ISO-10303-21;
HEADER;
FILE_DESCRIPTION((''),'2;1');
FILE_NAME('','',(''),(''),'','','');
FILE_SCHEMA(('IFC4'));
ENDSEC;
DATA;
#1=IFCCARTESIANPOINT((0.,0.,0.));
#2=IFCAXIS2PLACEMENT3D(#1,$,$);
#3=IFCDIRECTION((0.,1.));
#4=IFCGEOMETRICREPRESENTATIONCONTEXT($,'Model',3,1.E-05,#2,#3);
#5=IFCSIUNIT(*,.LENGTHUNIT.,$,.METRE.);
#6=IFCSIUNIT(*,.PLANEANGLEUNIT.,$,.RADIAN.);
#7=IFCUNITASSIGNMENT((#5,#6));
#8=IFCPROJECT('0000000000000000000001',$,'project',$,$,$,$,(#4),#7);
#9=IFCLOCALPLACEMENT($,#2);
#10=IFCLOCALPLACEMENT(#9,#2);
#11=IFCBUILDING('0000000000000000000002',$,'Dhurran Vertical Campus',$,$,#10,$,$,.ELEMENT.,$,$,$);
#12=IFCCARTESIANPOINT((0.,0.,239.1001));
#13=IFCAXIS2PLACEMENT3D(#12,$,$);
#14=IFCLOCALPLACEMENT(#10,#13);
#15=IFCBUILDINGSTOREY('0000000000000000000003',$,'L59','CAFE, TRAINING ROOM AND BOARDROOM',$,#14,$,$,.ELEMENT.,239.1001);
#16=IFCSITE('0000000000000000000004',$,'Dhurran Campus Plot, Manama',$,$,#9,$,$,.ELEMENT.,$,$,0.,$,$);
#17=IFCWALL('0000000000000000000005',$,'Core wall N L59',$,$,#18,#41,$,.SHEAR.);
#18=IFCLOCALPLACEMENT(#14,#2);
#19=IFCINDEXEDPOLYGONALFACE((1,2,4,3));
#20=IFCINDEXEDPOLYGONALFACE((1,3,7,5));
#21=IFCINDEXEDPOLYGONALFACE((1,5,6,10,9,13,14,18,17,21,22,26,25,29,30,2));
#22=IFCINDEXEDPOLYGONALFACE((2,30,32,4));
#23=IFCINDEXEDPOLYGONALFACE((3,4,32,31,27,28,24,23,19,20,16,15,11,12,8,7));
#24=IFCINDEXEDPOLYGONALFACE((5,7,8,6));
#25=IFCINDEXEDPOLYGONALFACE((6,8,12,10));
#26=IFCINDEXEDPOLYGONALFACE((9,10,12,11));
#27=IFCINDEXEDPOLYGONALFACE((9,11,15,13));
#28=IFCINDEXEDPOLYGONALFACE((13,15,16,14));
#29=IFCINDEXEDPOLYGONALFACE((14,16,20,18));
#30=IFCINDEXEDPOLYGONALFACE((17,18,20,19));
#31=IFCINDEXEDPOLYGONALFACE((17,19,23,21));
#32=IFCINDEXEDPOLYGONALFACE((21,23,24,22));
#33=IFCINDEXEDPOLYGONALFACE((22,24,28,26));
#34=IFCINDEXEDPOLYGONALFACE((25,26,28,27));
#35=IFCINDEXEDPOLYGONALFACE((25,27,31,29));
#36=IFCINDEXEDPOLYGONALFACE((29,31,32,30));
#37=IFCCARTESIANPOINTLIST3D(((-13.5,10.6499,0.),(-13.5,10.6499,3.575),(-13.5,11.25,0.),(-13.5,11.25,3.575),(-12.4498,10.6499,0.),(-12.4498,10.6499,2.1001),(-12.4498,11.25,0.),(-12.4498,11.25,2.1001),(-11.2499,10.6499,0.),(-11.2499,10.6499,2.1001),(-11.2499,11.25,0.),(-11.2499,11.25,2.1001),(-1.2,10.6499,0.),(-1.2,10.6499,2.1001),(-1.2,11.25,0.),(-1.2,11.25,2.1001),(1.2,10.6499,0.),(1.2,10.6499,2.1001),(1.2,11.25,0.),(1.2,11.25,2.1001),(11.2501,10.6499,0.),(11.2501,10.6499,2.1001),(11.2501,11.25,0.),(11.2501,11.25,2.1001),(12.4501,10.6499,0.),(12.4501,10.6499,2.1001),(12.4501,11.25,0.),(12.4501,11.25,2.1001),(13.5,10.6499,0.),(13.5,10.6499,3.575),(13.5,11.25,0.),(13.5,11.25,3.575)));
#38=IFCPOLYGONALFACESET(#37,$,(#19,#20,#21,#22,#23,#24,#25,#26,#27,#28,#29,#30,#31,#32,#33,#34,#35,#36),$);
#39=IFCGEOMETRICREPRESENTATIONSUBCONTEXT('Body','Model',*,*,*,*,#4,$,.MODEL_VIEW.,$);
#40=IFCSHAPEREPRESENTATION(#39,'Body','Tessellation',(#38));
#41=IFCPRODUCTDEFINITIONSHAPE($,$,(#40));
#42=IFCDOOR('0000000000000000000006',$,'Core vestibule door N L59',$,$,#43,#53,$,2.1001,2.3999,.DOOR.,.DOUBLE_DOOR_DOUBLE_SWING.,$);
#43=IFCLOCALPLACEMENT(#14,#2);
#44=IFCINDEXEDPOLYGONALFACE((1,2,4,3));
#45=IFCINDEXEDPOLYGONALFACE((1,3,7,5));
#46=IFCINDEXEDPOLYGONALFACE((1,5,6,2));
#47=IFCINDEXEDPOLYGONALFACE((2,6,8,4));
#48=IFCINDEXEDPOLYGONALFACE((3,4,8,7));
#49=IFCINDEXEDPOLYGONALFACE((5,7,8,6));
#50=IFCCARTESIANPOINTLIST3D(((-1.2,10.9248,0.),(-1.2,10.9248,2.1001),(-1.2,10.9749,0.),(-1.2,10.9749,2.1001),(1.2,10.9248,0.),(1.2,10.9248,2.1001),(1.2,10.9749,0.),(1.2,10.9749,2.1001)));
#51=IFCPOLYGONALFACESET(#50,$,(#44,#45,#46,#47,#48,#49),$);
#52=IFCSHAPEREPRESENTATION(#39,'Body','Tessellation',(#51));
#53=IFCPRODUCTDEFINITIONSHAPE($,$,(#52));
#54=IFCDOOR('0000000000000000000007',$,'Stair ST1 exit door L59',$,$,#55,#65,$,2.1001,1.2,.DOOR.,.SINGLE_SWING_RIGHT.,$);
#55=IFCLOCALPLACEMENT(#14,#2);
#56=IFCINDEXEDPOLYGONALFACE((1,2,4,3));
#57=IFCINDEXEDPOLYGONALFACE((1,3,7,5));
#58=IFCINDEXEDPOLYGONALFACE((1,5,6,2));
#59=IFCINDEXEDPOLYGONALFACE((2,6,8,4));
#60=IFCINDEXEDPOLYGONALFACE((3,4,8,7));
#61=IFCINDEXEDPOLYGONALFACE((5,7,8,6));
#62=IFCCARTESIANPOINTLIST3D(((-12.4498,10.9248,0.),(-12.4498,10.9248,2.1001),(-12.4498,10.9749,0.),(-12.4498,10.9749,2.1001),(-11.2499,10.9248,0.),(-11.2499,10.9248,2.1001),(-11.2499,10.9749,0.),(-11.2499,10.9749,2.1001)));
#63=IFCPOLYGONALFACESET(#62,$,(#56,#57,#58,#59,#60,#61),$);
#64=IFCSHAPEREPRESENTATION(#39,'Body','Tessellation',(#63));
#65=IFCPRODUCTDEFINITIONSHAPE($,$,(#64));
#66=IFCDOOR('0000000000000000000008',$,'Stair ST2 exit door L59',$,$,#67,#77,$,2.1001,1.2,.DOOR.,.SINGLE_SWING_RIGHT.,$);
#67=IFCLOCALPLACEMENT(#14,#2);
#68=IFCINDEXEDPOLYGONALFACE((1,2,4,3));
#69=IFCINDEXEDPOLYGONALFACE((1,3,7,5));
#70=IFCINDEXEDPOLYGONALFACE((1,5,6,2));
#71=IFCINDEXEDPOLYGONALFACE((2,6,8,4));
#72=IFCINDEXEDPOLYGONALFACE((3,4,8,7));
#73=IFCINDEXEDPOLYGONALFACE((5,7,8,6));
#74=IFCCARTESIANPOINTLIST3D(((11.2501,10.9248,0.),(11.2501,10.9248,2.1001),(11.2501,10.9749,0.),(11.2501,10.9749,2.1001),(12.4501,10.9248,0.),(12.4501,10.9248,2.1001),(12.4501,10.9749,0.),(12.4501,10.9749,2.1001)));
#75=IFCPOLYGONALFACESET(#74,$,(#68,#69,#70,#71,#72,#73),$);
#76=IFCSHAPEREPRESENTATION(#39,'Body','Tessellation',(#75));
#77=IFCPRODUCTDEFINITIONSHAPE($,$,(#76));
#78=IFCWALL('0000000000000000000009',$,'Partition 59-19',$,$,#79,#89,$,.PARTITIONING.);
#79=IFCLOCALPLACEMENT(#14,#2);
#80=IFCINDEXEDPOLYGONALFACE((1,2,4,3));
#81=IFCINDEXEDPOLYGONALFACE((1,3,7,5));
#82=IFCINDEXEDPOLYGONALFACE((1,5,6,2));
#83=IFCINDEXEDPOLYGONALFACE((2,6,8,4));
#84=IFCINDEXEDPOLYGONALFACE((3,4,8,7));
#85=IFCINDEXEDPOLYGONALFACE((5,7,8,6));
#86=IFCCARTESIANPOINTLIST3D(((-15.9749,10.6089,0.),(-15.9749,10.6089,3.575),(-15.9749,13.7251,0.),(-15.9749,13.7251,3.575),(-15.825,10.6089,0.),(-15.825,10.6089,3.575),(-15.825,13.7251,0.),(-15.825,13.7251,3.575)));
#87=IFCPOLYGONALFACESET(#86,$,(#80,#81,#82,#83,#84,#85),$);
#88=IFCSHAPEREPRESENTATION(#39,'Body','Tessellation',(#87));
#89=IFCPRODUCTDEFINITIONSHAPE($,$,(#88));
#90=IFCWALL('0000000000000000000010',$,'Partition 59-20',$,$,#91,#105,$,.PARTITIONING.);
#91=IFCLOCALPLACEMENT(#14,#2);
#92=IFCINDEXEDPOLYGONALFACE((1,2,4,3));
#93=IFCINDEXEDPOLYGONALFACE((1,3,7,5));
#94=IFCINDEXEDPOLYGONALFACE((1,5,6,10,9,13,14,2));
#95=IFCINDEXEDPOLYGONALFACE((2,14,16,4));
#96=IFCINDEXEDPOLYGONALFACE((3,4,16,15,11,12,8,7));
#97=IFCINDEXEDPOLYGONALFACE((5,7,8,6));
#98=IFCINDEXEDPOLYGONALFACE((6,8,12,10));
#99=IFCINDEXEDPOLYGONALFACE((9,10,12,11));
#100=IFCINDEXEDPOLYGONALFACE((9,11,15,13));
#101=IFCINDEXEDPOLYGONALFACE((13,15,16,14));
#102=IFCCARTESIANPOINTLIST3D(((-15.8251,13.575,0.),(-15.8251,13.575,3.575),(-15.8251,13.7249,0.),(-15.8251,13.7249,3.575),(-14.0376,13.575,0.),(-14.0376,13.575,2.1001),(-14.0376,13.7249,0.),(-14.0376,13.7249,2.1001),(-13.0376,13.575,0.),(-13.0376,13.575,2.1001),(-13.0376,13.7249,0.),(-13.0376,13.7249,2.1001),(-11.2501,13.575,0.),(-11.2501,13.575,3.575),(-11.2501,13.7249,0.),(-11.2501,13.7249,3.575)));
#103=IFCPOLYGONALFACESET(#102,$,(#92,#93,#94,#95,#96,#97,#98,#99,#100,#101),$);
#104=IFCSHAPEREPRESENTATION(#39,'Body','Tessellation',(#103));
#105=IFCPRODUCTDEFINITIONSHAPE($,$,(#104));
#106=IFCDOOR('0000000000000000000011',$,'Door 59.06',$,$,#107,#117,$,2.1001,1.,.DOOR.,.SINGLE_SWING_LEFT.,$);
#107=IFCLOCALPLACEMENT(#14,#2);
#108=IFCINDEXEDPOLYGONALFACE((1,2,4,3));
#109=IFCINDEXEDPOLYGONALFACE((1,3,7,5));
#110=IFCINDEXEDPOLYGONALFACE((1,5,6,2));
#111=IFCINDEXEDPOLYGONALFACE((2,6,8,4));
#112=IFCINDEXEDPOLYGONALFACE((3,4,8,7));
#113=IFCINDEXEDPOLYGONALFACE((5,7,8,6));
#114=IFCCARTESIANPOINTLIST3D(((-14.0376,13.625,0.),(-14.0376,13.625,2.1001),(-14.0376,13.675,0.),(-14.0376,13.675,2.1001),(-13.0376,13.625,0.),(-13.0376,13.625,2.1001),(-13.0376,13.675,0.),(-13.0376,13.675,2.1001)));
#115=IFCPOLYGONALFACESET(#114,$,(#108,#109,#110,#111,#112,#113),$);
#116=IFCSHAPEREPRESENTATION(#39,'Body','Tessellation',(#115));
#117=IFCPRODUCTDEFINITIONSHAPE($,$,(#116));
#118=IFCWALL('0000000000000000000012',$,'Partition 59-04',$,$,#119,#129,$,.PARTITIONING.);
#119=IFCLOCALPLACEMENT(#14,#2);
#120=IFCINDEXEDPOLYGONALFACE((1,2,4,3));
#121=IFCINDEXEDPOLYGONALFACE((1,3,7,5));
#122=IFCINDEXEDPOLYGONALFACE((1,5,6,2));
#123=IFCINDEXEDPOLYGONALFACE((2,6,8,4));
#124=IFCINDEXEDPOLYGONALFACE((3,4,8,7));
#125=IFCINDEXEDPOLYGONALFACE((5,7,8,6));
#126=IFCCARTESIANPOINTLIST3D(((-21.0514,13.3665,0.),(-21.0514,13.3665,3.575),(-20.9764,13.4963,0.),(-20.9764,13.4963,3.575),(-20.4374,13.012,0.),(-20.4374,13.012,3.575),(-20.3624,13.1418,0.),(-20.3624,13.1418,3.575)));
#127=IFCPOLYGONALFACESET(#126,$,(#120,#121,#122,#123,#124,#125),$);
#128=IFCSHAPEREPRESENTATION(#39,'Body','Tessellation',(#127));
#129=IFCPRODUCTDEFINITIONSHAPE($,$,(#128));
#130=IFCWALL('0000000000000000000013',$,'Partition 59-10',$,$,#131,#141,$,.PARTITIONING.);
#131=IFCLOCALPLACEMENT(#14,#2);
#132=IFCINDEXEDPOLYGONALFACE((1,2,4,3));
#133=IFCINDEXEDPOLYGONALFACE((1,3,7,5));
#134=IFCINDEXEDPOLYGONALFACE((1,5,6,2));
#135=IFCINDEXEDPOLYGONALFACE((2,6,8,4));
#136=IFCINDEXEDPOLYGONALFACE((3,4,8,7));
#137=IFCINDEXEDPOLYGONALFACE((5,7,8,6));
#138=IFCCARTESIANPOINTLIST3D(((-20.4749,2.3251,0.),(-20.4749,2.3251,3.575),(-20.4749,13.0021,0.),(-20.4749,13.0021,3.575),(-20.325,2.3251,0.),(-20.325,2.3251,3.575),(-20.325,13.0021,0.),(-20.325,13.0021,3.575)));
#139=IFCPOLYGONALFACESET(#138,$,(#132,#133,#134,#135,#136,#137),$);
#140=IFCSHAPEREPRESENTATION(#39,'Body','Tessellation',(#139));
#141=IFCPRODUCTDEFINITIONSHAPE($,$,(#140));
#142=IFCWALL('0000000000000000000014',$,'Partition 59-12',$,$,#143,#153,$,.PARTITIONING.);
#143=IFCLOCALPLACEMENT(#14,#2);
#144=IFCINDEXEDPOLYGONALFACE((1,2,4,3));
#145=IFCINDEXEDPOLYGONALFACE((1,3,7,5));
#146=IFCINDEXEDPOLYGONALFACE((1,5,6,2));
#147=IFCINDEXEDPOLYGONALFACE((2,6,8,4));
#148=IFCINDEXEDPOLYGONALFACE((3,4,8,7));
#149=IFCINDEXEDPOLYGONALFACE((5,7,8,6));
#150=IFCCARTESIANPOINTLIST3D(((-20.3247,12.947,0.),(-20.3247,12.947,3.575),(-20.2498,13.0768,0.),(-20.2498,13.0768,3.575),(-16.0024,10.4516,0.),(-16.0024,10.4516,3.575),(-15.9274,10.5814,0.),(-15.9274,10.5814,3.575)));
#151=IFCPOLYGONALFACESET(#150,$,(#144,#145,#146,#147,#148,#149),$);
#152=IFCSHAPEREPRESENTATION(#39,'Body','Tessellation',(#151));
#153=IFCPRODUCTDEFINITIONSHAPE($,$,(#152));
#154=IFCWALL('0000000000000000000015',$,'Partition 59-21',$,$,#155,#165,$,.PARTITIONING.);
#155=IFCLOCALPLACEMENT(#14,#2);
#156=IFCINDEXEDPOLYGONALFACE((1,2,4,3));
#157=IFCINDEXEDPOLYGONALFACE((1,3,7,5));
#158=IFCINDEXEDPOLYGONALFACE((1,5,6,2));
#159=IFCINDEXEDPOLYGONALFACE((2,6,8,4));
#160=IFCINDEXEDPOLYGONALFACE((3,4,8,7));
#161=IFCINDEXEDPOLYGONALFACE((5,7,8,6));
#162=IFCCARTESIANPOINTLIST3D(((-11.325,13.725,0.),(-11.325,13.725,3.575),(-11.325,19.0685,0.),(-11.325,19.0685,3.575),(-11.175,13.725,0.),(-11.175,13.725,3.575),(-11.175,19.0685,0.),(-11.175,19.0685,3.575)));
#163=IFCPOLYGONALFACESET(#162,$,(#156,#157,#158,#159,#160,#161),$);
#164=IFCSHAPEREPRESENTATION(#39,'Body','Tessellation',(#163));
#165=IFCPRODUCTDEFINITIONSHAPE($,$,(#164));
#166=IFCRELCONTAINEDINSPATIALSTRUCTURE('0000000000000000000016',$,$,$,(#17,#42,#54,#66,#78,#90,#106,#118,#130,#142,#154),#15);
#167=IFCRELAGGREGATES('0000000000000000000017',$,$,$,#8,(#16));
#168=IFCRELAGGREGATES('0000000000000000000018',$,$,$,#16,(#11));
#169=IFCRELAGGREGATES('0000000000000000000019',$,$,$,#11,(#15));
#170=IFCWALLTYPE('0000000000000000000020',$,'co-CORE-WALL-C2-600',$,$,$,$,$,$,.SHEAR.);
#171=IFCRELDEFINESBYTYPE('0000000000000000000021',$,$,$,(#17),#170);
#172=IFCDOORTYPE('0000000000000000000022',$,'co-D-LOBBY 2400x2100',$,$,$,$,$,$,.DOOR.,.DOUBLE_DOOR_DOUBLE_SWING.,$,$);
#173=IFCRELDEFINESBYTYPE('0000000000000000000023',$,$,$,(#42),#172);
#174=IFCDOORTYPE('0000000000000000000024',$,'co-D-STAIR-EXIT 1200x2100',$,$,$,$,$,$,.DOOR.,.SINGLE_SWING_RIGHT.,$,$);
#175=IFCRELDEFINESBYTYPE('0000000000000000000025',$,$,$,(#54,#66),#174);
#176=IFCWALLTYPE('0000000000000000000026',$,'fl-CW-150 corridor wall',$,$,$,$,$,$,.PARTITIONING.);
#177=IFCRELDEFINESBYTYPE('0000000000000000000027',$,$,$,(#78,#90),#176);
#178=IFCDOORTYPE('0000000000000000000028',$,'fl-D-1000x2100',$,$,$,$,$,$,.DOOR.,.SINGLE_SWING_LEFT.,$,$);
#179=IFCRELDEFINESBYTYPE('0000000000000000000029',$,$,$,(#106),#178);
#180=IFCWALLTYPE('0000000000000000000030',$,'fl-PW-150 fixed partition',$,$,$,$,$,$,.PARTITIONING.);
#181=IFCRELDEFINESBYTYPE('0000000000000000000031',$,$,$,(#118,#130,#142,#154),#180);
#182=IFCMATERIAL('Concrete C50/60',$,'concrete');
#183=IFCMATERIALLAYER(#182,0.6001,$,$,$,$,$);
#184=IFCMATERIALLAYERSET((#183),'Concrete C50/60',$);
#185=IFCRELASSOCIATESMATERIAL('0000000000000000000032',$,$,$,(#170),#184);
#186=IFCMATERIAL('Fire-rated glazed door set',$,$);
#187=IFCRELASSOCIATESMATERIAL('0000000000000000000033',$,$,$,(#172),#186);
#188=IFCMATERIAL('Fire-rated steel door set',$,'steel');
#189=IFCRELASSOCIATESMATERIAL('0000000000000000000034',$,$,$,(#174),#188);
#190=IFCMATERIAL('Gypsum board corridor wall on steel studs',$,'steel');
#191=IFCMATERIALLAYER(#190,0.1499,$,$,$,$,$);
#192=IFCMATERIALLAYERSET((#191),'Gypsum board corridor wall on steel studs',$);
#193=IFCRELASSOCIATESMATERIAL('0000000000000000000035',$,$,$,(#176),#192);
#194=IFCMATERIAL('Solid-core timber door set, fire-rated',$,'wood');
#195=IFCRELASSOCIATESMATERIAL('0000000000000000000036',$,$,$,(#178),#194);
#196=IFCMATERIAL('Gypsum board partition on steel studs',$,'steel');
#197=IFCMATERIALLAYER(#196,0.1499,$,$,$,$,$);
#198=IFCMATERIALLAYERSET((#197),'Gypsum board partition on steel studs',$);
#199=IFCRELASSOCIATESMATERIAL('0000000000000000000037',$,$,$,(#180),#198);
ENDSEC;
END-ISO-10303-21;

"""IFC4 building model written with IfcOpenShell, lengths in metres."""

from ifc_helpers import new_model, si_unit, direction, frame, frame_2d, origin, place, context, subcontext, project, spatial, rectangle, extrude, material, layer, layer_set, type_object, element, fill, save


model = new_model("IFC4")

# Units and contexts
model_context = context("Model", 3, precision=1e-05, world=origin(), true_north=direction((0.0, 1.0)))
body_context = subcontext(model_context, "Body", "Model", "MODEL_VIEW")
ifc_project = project(units=[si_unit("LENGTHUNIT", "METRE"), si_unit("PLANEANGLEUNIT", "RADIAN")], contexts=[model_context])

# Site, building, storey
site_placement = place(None, origin())
site = spatial("IfcSite", under=ifc_project, at=site_placement, Name="Dhurran Campus Plot, Manama", CompositionType="ELEMENT", RefElevation=0.0)
building_placement = place(site_placement, origin())
building = spatial("IfcBuilding", under=site, at=building_placement, Name="Dhurran Vertical Campus", CompositionType="ELEMENT")
storey_placement = place(building_placement, frame((0.0, 0.0, 239.1001)))
storey = spatial("IfcBuildingStorey", under=building, at=storey_placement, Name="L59", Description="CAFE, TRAINING ROOM AND BOARDROOM", CompositionType="ELEMENT", Elevation=239.1001)

# Wall, openings, doors
ifc_material_1 = material(Name="Concrete C50/60", Category="concrete")
ifc_layer_1 = layer(ifc_material_1, 0.6001)
ifc_layer_set_1 = layer_set([ifc_layer_1], Name="Concrete C50/60")
wall_type_1 = type_object("IfcWallType", Name="co-CORE-WALL-C2-600", PredefinedType="SHEAR", material=ifc_layer_set_1)
wall_1_placement = place(storey_placement, frame((-13.5, 10.95, 0.0), z_axis=(0.0, 0.0, 1.0), x_axis=(1.0, 0.0, 0.0)))
wall_1 = element("IfcWall", 1, at=wall_1_placement, inside=storey, type_object=wall_type_1, Name="Core wall N L59", PredefinedType="SHEAR", context=body_context, shape_type="SweptSolid", body=[
    extrude(rectangle(XDim=27.0, YDim=0.6001, at=frame_2d((13.5, 0.0))), origin(), (0.0, 0.0, 1.0), 3.575),
])
opening_1_placement = place(wall_1_placement, frame((12.3, 0.0, 0.0)))
opening_1 = element("IfcOpeningElement", 2, at=opening_1_placement, cuts=wall_1, PredefinedType="OPENING", context=body_context, shape_type="SweptSolid", body=[
    extrude(rectangle(XDim=2.3999, YDim=2.1001, at=frame_2d((1.2, 1.05))), frame((0.0, 0.3101, 0.0), z_axis=(0.0, -1.0, 0.0), x_axis=(1.0, 0.0, 0.0)), (0.0, 0.0, 1.0), 0.6201),
])
opening_2_placement = place(wall_1_placement, frame((1.05, 0.0, 0.0)))
opening_2 = element("IfcOpeningElement", 3, at=opening_2_placement, cuts=wall_1, PredefinedType="OPENING", context=body_context, shape_type="SweptSolid", body=[
    extrude(rectangle(XDim=1.2, YDim=2.1001, at=frame_2d((0.6001, 1.05))), frame((0.0, 0.3101, 0.0), z_axis=(0.0, -1.0, 0.0), x_axis=(1.0, 0.0, 0.0)), (0.0, 0.0, 1.0), 0.6201),
])
opening_3_placement = place(wall_1_placement, frame((24.75, 0.0, 0.0)))
opening_3 = element("IfcOpeningElement", 4, at=opening_3_placement, cuts=wall_1, PredefinedType="OPENING", context=body_context, shape_type="SweptSolid", body=[
    extrude(rectangle(XDim=1.2, YDim=2.1001, at=frame_2d((0.6001, 1.05))), frame((0.0, 0.3101, 0.0), z_axis=(0.0, -1.0, 0.0), x_axis=(1.0, 0.0, 0.0)), (0.0, 0.0, 1.0), 0.6201),
])
ifc_material_2 = material(Name="Fire-rated glazed door set")
door_type_1 = type_object("IfcDoorType", Name="co-D-LOBBY 2400x2100", OperationType="DOUBLE_DOOR_DOUBLE_SWING", PredefinedType="DOOR", material=ifc_material_2)
door_1_placement = place(opening_1_placement, origin())
door_1 = element("IfcDoor", 5, at=door_1_placement, inside=storey, type_object=door_type_1, Name="Core vestibule door N L59", OperationType="DOUBLE_DOOR_DOUBLE_SWING", OverallHeight=2.1001, OverallWidth=2.3999, PredefinedType="DOOR", context=body_context, shape_type="SweptSolid", body=[
    extrude(rectangle(XDim=2.3999, YDim=2.1001, at=frame_2d((1.2, 1.05))), frame((0.0, 0.0249, 0.0), z_axis=(0.0, -1.0, 0.0), x_axis=(1.0, 0.0, 0.0)), (0.0, 0.0, 1.0), 0.05),
])
fill(opening_1, door_1)
ifc_material_3 = material(Name="Fire-rated steel door set", Category="steel")
door_type_2 = type_object("IfcDoorType", Name="co-D-STAIR-EXIT 1200x2100", OperationType="SINGLE_SWING_RIGHT", PredefinedType="DOOR", material=ifc_material_3)
door_2_placement = place(opening_2_placement, origin())
door_2 = element("IfcDoor", 6, at=door_2_placement, inside=storey, type_object=door_type_2, Name="Stair ST1 exit door L59", OperationType="SINGLE_SWING_RIGHT", OverallHeight=2.1001, OverallWidth=1.2, PredefinedType="DOOR", context=body_context, shape_type="SweptSolid", body=[
    extrude(rectangle(XDim=1.2, YDim=2.1001, at=frame_2d((0.6001, 1.05))), frame((0.0, 0.0249, 0.0), z_axis=(0.0, -1.0, 0.0), x_axis=(1.0, 0.0, 0.0)), (0.0, 0.0, 1.0), 0.05),
])
fill(opening_2, door_2)
door_3_placement = place(opening_3_placement, origin())
door_3 = element("IfcDoor", 7, at=door_3_placement, inside=storey, type_object=door_type_2, Name="Stair ST2 exit door L59", OperationType="SINGLE_SWING_RIGHT", OverallHeight=2.1001, OverallWidth=1.2, PredefinedType="DOOR", context=body_context, shape_type="SweptSolid", body=[
    extrude(rectangle(XDim=1.2, YDim=2.1001, at=frame_2d((0.6001, 1.05))), frame((0.0, 0.0249, 0.0), z_axis=(0.0, -1.0, 0.0), x_axis=(1.0, 0.0, 0.0)), (0.0, 0.0, 1.0), 0.05),
])
fill(opening_3, door_3)

# Wall
ifc_material_4 = material(Name="Gypsum board corridor wall on steel studs", Category="steel")
ifc_layer_2 = layer(ifc_material_4, 0.1499)
ifc_layer_set_2 = layer_set([ifc_layer_2], Name="Gypsum board corridor wall on steel studs")
wall_type_2 = type_object("IfcWallType", Name="fl-CW-150 corridor wall", PredefinedType="PARTITIONING", material=ifc_layer_set_2)
wall_2_placement = place(storey_placement, frame((-15.8999, 13.7251, 0.0), z_axis=(0.0, 0.0, 1.0), x_axis=(0.0, -1.0, 0.0)))
element("IfcWall", 8, at=wall_2_placement, inside=storey, type_object=wall_type_2, Name="Partition 59-19", PredefinedType="PARTITIONING", context=body_context, shape_type="SweptSolid", body=[
    extrude(rectangle(XDim=3.1162, YDim=0.1499, at=frame_2d((1.5581, 0.0))), origin(), (0.0, 0.0, 1.0), 3.575),
])

# Wall, opening, door
wall_3_placement = place(storey_placement, frame((-11.25, 13.6499, 0.0), z_axis=(0.0, 0.0, 1.0), x_axis=(-1.0, 0.0, 0.0)))
wall_3 = element("IfcWall", 9, at=wall_3_placement, inside=storey, type_object=wall_type_2, Name="Partition 59-20", PredefinedType="PARTITIONING", context=body_context, shape_type="SweptSolid", body=[
    extrude(rectangle(XDim=4.575, YDim=0.1499, at=frame_2d((2.2876, 0.0))), origin(), (0.0, 0.0, 1.0), 3.575),
])
opening_4_placement = place(wall_3_placement, frame((1.7876, 0.0, 0.0)))
opening_4 = element("IfcOpeningElement", 10, at=opening_4_placement, cuts=wall_3, PredefinedType="OPENING", context=body_context, shape_type="SweptSolid", body=[
    extrude(rectangle(XDim=1.0, YDim=2.1001, at=frame_2d((0.5, 1.05))), frame((0.0, 0.085, 0.0), z_axis=(0.0, -1.0, 0.0), x_axis=(1.0, 0.0, 0.0)), (0.0, 0.0, 1.0), 0.1699),
])
ifc_material_5 = material(Name="Solid-core timber door set, fire-rated", Category="wood")
door_type_3 = type_object("IfcDoorType", Name="fl-D-1000x2100", OperationType="SINGLE_SWING_LEFT", PredefinedType="DOOR", material=ifc_material_5)
door_4_placement = place(opening_4_placement, origin())
door_4 = element("IfcDoor", 11, at=door_4_placement, inside=storey, type_object=door_type_3, Name="Door 59.06", OperationType="SINGLE_SWING_LEFT", OverallHeight=2.1001, OverallWidth=1.0, PredefinedType="DOOR", context=body_context, shape_type="SweptSolid", body=[
    extrude(rectangle(XDim=1.0, YDim=2.1001, at=frame_2d((0.5, 1.05))), frame((0.0, 0.0249, 0.0), z_axis=(0.0, -1.0, 0.0), x_axis=(1.0, 0.0, 0.0)), (0.0, 0.0, 1.0), 0.05),
])
fill(opening_4, door_4)

# Walls
ifc_material_6 = material(Name="Gypsum board partition on steel studs", Category="steel")
ifc_layer_3 = layer(ifc_material_6, 0.1499)
ifc_layer_set_3 = layer_set([ifc_layer_3], Name="Gypsum board partition on steel studs")
wall_type_3 = type_object("IfcWallType", Name="fl-PW-150 fixed partition", PredefinedType="PARTITIONING", material=ifc_layer_set_3)
wall_4_placement = place(storey_placement, frame((-21.0139, 13.4314, 0.0), z_axis=(0.0, 0.0, 1.0), x_axis=(0.866031, -0.499991, 0.0)))
element("IfcWall", 12, at=wall_4_placement, inside=storey, type_object=wall_type_3, Name="Partition 59-04", PredefinedType="PARTITIONING", context=body_context, shape_type="SweptSolid", body=[
    extrude(rectangle(XDim=0.709, YDim=0.1499, at=frame_2d((0.3545, 0.0))), origin(), (0.0, 0.0, 1.0), 3.575),
])
wall_5_placement = place(storey_placement, frame((-20.3999, 13.002, 0.0), z_axis=(0.0, 0.0, 1.0), x_axis=(0.0, -1.0, 0.0)))
element("IfcWall", 13, at=wall_5_placement, inside=storey, type_object=wall_type_3, Name="Partition 59-10", PredefinedType="PARTITIONING", context=body_context, shape_type="SweptSolid", body=[
    extrude(rectangle(XDim=10.677, YDim=0.1499, at=frame_2d((5.3384, 0.0))), origin(), (0.0, 0.0, 1.0), 3.575),
])
wall_6_placement = place(storey_placement, frame((-20.2874, 13.012, 0.0), z_axis=(0.0, 0.0, 1.0), x_axis=(0.866034, -0.499985, 0.0)))
element("IfcWall", 14, at=wall_6_placement, inside=storey, type_object=wall_type_3, Name="Partition 59-12", PredefinedType="PARTITIONING", context=body_context, shape_type="SweptSolid", body=[
    extrude(rectangle(XDim=4.991, YDim=0.1499, at=frame_2d((2.4956, 0.0))), origin(), (0.0, 0.0, 1.0), 3.575),
])
wall_7_placement = place(storey_placement, frame((-11.25, 19.0686, 0.0), z_axis=(0.0, 0.0, 1.0), x_axis=(0.0, -1.0, 0.0)))
element("IfcWall", 15, at=wall_7_placement, inside=storey, type_object=wall_type_3, Name="Partition 59-21", PredefinedType="PARTITIONING", context=body_context, shape_type="SweptSolid", body=[
    extrude(rectangle(XDim=5.3435, YDim=0.1499, at=frame_2d((2.6719, 0.0))), origin(), (0.0, 0.0, 1.0), 3.575),
])

save(model, "model.ifc")
